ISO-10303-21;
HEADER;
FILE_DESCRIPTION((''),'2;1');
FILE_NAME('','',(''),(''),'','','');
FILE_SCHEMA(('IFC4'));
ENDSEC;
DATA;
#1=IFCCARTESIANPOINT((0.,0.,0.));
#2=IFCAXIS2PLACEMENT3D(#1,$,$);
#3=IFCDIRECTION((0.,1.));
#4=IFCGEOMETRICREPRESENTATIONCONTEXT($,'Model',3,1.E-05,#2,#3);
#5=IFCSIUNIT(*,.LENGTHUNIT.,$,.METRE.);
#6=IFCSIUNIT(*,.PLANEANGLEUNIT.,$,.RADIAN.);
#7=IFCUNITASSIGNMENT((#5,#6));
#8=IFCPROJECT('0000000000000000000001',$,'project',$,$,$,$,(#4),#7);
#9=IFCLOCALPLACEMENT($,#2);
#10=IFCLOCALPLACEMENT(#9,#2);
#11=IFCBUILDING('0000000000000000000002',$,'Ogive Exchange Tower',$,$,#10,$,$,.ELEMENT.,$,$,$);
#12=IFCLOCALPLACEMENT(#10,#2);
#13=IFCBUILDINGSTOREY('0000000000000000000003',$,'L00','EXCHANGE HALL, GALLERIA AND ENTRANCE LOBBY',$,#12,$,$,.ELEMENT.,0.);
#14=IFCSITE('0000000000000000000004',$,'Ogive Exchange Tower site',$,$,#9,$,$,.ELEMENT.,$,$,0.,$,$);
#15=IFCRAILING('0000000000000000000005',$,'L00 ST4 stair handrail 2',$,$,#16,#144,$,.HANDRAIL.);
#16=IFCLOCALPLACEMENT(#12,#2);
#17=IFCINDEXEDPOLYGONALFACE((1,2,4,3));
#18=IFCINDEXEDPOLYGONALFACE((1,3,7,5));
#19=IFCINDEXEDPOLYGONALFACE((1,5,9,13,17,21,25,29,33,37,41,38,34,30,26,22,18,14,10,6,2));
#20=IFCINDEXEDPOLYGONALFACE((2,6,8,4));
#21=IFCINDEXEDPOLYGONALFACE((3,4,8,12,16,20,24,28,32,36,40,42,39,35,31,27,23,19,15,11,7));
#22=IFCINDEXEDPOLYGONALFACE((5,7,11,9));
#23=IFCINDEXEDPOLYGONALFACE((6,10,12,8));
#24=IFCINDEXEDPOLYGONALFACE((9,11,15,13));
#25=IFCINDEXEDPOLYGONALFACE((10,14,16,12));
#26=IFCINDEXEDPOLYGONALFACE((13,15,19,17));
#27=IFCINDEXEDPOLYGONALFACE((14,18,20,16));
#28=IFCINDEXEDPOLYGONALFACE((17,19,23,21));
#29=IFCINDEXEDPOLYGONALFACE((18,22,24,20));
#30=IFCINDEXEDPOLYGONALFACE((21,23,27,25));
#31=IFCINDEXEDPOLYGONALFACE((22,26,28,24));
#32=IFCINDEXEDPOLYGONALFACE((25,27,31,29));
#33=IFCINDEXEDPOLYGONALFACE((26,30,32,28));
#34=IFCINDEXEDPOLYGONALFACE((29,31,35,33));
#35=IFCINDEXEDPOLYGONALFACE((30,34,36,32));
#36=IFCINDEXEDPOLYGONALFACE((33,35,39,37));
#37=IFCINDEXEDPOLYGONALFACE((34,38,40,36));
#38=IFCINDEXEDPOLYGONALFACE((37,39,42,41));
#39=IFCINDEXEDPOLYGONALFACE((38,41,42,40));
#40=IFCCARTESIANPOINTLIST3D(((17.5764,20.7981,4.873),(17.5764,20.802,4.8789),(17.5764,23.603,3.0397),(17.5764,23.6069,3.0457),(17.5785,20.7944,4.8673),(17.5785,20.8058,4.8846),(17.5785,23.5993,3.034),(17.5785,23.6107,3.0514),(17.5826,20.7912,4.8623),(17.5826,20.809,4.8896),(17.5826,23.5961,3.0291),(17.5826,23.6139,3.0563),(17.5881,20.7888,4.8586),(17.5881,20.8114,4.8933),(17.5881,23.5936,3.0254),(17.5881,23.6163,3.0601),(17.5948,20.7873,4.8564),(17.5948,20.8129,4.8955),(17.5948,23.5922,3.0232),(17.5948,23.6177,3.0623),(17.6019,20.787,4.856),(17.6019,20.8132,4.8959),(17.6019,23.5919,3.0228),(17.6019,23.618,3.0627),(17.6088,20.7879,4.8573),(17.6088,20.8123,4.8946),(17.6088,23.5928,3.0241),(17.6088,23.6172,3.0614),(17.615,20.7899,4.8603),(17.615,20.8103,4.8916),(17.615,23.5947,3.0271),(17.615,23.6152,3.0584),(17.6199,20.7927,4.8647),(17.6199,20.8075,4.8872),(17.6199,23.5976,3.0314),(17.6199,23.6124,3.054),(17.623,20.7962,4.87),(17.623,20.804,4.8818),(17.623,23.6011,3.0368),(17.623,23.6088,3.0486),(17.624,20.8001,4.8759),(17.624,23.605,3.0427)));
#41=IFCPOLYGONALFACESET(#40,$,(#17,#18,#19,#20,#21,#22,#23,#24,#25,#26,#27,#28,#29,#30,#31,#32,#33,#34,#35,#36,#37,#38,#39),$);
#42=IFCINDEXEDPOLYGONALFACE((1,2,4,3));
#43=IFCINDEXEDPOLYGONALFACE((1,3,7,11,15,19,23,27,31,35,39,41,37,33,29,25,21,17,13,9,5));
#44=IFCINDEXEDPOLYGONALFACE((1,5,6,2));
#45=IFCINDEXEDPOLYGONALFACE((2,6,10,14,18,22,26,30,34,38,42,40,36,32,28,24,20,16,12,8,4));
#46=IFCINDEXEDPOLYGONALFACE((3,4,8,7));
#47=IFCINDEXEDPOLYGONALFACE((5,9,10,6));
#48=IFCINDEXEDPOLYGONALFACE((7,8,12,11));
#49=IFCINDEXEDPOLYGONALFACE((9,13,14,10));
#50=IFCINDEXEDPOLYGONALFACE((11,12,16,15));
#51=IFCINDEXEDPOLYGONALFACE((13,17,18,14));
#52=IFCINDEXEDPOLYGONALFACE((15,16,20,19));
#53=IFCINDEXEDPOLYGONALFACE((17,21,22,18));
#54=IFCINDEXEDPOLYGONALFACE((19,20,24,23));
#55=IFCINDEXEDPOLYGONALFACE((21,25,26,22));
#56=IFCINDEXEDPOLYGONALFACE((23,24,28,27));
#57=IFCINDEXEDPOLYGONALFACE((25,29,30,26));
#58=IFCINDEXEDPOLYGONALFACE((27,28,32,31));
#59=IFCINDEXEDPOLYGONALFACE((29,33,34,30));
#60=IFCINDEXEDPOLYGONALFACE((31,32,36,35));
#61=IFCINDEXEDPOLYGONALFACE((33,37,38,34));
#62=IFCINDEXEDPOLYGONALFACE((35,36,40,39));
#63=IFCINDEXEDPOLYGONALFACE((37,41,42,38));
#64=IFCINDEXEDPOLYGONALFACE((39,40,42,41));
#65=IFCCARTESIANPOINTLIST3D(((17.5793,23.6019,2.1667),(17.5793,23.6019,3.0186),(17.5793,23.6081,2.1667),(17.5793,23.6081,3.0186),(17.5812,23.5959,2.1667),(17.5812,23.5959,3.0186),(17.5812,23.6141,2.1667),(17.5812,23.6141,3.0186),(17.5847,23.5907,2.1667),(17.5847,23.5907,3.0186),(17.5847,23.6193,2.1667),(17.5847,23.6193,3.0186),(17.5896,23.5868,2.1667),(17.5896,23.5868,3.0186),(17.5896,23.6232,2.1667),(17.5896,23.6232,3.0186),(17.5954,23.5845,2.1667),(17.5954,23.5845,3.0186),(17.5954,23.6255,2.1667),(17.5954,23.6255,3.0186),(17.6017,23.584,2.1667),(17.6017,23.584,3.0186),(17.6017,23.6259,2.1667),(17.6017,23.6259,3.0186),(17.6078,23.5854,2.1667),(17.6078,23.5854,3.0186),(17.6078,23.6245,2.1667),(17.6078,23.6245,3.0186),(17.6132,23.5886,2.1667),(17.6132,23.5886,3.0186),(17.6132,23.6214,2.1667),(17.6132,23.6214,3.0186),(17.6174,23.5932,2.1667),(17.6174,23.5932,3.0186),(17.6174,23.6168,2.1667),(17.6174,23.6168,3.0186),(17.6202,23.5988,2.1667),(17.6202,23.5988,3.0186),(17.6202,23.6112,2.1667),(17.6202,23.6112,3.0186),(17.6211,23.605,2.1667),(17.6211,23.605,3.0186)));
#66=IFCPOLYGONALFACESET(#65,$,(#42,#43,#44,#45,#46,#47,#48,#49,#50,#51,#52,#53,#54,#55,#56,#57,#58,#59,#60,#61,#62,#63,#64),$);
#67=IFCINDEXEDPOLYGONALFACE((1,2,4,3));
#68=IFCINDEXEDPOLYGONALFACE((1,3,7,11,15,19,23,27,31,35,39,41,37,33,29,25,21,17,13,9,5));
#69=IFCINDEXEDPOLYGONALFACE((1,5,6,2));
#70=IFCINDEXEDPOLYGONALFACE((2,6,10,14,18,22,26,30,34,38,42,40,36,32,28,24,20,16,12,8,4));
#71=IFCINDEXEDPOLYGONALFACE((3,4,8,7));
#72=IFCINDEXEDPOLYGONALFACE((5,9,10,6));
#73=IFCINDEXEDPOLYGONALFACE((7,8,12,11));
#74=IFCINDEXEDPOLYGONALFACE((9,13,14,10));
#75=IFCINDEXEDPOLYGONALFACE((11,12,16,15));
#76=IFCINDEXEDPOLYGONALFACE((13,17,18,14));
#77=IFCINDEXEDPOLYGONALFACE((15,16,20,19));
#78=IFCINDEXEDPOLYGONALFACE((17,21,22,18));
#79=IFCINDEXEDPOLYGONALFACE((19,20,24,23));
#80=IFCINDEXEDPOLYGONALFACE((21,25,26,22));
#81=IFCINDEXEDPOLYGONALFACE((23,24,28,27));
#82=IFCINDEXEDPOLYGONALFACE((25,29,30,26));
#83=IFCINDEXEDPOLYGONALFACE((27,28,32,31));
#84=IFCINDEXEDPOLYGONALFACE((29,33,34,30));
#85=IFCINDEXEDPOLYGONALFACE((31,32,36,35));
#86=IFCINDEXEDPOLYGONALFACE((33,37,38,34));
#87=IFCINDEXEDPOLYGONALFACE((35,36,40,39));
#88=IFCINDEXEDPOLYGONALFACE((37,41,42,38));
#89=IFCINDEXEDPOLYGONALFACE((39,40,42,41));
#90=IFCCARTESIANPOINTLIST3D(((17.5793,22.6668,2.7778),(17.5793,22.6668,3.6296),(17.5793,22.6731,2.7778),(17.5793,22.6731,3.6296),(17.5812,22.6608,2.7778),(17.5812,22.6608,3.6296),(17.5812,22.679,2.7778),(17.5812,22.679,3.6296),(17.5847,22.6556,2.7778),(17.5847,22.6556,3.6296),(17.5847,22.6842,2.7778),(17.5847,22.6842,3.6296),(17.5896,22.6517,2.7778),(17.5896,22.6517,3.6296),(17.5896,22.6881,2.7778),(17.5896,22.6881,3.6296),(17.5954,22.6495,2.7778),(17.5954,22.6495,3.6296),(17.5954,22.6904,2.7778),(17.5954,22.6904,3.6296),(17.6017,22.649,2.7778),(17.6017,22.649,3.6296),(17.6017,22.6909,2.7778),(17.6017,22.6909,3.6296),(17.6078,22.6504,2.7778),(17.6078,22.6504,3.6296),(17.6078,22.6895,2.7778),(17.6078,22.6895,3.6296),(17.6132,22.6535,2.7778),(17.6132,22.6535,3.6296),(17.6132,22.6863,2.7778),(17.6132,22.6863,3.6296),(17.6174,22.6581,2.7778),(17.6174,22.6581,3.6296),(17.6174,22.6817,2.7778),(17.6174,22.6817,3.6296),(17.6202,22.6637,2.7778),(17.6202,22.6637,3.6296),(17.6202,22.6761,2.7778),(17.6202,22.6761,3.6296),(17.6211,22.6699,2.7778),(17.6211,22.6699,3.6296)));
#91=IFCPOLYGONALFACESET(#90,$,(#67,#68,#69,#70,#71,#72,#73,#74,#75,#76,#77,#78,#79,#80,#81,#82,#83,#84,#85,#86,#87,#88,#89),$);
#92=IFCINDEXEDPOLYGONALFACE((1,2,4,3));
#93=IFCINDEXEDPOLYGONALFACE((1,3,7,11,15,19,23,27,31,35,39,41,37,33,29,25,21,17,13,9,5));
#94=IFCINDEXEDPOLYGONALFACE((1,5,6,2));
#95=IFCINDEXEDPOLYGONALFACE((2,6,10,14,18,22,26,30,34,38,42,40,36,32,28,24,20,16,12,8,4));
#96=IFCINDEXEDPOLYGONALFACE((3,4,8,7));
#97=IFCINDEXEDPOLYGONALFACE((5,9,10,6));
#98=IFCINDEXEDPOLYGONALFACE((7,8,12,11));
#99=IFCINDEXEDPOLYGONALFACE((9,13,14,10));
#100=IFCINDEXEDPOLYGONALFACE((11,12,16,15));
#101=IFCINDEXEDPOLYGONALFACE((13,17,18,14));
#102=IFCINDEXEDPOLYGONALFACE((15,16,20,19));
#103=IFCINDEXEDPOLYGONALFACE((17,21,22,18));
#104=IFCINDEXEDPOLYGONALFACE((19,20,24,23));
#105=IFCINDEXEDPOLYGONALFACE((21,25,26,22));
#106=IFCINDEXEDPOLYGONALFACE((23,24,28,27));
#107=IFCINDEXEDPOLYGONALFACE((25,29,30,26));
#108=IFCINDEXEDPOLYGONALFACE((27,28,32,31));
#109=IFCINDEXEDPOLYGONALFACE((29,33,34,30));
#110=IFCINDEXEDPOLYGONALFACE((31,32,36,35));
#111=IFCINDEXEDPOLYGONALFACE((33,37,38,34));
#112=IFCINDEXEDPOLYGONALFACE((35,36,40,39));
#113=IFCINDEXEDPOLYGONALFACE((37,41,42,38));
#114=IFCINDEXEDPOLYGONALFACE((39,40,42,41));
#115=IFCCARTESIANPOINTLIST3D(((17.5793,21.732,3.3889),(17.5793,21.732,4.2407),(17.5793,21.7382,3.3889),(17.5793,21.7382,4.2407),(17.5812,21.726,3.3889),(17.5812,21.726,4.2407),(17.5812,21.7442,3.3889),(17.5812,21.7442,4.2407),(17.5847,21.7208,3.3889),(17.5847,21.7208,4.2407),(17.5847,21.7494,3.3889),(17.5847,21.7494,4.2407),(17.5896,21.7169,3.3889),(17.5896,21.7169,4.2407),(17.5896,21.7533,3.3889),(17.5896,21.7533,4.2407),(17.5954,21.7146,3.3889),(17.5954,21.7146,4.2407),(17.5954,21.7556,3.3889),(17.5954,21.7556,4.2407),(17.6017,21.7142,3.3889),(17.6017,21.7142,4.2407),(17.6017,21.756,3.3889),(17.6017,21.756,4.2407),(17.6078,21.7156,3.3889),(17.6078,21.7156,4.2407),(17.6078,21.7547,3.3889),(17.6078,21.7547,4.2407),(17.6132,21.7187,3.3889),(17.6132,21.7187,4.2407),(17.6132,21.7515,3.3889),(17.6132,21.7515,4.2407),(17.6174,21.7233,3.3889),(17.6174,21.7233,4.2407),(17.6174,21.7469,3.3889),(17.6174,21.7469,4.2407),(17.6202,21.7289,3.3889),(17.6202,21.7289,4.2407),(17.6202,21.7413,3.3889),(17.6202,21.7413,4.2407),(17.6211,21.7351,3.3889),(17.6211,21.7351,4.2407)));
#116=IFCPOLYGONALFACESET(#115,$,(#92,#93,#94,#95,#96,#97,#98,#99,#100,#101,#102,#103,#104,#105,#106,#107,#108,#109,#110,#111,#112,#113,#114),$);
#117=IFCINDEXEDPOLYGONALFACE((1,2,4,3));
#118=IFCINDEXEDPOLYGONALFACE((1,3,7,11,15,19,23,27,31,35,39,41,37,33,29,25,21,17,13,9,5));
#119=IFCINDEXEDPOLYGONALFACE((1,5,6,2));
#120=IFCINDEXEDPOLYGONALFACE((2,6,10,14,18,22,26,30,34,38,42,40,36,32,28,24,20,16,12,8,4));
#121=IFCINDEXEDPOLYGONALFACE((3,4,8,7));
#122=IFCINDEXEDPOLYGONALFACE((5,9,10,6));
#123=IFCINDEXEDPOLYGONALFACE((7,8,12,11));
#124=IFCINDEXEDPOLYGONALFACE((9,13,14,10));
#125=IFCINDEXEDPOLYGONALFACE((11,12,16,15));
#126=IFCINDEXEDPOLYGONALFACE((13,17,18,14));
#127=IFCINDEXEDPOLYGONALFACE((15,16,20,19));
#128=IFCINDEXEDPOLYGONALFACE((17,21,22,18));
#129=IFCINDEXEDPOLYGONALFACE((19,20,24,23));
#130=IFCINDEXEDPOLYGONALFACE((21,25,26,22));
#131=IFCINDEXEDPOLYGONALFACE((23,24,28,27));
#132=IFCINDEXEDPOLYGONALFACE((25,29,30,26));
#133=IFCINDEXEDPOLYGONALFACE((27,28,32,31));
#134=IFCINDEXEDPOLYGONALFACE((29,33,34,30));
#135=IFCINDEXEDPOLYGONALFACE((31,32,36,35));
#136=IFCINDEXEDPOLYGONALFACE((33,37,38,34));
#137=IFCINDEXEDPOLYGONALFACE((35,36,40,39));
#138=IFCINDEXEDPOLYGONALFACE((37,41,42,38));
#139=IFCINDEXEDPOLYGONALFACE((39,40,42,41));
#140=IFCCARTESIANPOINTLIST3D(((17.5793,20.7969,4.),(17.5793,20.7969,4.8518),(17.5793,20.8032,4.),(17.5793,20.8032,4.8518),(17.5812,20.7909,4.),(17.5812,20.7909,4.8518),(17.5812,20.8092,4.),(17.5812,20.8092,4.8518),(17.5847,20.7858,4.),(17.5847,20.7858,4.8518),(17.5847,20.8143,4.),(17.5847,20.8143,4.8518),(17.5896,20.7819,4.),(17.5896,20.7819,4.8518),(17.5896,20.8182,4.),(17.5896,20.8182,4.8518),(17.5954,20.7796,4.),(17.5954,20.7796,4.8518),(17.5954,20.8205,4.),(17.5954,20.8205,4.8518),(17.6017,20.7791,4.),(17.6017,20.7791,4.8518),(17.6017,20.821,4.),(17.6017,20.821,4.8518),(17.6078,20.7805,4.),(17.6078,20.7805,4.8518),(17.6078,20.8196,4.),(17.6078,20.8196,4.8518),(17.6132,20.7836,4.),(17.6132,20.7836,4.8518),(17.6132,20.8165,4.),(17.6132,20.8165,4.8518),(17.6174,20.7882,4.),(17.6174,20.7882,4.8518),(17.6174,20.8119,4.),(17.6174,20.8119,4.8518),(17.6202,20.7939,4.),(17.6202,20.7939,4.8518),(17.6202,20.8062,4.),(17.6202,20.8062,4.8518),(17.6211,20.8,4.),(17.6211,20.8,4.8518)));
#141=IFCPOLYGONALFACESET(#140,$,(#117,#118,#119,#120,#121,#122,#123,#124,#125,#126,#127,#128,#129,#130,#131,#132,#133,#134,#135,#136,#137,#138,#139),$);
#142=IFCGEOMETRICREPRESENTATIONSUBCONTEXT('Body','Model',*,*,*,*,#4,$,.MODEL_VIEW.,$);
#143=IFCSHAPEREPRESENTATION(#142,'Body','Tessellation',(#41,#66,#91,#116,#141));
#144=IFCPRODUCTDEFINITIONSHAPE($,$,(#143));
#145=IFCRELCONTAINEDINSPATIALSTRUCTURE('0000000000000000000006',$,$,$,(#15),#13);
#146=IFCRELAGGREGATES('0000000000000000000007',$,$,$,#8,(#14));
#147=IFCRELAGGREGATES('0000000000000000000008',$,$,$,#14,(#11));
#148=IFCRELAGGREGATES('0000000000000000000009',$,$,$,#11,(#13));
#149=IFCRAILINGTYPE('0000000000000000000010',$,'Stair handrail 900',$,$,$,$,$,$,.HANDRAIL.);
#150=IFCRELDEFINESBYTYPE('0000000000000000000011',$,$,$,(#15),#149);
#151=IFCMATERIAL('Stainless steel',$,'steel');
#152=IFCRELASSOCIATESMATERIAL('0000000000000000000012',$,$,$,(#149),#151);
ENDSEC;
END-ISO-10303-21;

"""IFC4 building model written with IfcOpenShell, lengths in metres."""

from ifc_helpers import new_model, si_unit, direction, frame, origin, origin_2d, place, context, subcontext, project, spatial, circle, extrude, material, type_object, element, save


model = new_model("IFC4")

# Units and contexts
model_context = context("Model", 3, precision=1e-05, world=origin(), true_north=direction((0.0, 1.0)))
body_context = subcontext(model_context, "Body", "Model", "MODEL_VIEW")
ifc_project = project(units=[si_unit("LENGTHUNIT", "METRE"), si_unit("PLANEANGLEUNIT", "RADIAN")], contexts=[model_context])

# Site, building, storey
site_placement = place(None, origin())
site = spatial("IfcSite", under=ifc_project, at=site_placement, Name="Ogive Exchange Tower site", CompositionType="ELEMENT", RefElevation=0.0)
building_placement = place(site_placement, origin())
building = spatial("IfcBuilding", under=site, at=building_placement, Name="Ogive Exchange Tower", CompositionType="ELEMENT")
storey_placement = place(building_placement, origin())
storey = spatial("IfcBuildingStorey", under=building, at=storey_placement, Name="L00", Description="EXCHANGE HALL, GALLERIA AND ENTRANCE LOBBY", CompositionType="ELEMENT", Elevation=0.0)

# Railing
ifc_material_1 = material(Name="Stainless steel", Category="steel")
railing_type = type_object("IfcRailingType", Name="Stair handrail 900", PredefinedType="HANDRAIL", material=ifc_material_1)
railing_1_placement = place(storey_placement, frame((17.6001, 23.605, 2.1667)))
element("IfcRailing", 1, at=railing_1_placement, inside=storey, type_object=railing_type, Name="L00 ST4 stair handrail 2", PredefinedType="HANDRAIL", context=body_context, shape_type="SweptSolid", body=[
    extrude(circle(Radius=0.0239, at=origin_2d()), frame((0.0, 0.0, 0.876), z_axis=(0.0, -0.837071, 0.547094), x_axis=(1.0, 0.0, 0.0)), (0.0, 0.0, 1.0), 3.3508),
    extrude(circle(Radius=0.021, at=origin_2d()), origin(), (0.0, 0.0, 1.0), 0.8518),
    extrude(circle(Radius=0.021, at=origin_2d()), frame((0.0, -0.9351, 0.6111)), (0.0, 0.0, 1.0), 0.8518),
    extrude(circle(Radius=0.021, at=origin_2d()), frame((0.0, -1.8699, 1.2222)), (0.0, 0.0, 1.0), 0.8518),
    extrude(circle(Radius=0.021, at=origin_2d()), frame((0.0, -2.8049, 1.8333)), (0.0, 0.0, 1.0), 0.8518),
])

save(model, "model.ifc")
